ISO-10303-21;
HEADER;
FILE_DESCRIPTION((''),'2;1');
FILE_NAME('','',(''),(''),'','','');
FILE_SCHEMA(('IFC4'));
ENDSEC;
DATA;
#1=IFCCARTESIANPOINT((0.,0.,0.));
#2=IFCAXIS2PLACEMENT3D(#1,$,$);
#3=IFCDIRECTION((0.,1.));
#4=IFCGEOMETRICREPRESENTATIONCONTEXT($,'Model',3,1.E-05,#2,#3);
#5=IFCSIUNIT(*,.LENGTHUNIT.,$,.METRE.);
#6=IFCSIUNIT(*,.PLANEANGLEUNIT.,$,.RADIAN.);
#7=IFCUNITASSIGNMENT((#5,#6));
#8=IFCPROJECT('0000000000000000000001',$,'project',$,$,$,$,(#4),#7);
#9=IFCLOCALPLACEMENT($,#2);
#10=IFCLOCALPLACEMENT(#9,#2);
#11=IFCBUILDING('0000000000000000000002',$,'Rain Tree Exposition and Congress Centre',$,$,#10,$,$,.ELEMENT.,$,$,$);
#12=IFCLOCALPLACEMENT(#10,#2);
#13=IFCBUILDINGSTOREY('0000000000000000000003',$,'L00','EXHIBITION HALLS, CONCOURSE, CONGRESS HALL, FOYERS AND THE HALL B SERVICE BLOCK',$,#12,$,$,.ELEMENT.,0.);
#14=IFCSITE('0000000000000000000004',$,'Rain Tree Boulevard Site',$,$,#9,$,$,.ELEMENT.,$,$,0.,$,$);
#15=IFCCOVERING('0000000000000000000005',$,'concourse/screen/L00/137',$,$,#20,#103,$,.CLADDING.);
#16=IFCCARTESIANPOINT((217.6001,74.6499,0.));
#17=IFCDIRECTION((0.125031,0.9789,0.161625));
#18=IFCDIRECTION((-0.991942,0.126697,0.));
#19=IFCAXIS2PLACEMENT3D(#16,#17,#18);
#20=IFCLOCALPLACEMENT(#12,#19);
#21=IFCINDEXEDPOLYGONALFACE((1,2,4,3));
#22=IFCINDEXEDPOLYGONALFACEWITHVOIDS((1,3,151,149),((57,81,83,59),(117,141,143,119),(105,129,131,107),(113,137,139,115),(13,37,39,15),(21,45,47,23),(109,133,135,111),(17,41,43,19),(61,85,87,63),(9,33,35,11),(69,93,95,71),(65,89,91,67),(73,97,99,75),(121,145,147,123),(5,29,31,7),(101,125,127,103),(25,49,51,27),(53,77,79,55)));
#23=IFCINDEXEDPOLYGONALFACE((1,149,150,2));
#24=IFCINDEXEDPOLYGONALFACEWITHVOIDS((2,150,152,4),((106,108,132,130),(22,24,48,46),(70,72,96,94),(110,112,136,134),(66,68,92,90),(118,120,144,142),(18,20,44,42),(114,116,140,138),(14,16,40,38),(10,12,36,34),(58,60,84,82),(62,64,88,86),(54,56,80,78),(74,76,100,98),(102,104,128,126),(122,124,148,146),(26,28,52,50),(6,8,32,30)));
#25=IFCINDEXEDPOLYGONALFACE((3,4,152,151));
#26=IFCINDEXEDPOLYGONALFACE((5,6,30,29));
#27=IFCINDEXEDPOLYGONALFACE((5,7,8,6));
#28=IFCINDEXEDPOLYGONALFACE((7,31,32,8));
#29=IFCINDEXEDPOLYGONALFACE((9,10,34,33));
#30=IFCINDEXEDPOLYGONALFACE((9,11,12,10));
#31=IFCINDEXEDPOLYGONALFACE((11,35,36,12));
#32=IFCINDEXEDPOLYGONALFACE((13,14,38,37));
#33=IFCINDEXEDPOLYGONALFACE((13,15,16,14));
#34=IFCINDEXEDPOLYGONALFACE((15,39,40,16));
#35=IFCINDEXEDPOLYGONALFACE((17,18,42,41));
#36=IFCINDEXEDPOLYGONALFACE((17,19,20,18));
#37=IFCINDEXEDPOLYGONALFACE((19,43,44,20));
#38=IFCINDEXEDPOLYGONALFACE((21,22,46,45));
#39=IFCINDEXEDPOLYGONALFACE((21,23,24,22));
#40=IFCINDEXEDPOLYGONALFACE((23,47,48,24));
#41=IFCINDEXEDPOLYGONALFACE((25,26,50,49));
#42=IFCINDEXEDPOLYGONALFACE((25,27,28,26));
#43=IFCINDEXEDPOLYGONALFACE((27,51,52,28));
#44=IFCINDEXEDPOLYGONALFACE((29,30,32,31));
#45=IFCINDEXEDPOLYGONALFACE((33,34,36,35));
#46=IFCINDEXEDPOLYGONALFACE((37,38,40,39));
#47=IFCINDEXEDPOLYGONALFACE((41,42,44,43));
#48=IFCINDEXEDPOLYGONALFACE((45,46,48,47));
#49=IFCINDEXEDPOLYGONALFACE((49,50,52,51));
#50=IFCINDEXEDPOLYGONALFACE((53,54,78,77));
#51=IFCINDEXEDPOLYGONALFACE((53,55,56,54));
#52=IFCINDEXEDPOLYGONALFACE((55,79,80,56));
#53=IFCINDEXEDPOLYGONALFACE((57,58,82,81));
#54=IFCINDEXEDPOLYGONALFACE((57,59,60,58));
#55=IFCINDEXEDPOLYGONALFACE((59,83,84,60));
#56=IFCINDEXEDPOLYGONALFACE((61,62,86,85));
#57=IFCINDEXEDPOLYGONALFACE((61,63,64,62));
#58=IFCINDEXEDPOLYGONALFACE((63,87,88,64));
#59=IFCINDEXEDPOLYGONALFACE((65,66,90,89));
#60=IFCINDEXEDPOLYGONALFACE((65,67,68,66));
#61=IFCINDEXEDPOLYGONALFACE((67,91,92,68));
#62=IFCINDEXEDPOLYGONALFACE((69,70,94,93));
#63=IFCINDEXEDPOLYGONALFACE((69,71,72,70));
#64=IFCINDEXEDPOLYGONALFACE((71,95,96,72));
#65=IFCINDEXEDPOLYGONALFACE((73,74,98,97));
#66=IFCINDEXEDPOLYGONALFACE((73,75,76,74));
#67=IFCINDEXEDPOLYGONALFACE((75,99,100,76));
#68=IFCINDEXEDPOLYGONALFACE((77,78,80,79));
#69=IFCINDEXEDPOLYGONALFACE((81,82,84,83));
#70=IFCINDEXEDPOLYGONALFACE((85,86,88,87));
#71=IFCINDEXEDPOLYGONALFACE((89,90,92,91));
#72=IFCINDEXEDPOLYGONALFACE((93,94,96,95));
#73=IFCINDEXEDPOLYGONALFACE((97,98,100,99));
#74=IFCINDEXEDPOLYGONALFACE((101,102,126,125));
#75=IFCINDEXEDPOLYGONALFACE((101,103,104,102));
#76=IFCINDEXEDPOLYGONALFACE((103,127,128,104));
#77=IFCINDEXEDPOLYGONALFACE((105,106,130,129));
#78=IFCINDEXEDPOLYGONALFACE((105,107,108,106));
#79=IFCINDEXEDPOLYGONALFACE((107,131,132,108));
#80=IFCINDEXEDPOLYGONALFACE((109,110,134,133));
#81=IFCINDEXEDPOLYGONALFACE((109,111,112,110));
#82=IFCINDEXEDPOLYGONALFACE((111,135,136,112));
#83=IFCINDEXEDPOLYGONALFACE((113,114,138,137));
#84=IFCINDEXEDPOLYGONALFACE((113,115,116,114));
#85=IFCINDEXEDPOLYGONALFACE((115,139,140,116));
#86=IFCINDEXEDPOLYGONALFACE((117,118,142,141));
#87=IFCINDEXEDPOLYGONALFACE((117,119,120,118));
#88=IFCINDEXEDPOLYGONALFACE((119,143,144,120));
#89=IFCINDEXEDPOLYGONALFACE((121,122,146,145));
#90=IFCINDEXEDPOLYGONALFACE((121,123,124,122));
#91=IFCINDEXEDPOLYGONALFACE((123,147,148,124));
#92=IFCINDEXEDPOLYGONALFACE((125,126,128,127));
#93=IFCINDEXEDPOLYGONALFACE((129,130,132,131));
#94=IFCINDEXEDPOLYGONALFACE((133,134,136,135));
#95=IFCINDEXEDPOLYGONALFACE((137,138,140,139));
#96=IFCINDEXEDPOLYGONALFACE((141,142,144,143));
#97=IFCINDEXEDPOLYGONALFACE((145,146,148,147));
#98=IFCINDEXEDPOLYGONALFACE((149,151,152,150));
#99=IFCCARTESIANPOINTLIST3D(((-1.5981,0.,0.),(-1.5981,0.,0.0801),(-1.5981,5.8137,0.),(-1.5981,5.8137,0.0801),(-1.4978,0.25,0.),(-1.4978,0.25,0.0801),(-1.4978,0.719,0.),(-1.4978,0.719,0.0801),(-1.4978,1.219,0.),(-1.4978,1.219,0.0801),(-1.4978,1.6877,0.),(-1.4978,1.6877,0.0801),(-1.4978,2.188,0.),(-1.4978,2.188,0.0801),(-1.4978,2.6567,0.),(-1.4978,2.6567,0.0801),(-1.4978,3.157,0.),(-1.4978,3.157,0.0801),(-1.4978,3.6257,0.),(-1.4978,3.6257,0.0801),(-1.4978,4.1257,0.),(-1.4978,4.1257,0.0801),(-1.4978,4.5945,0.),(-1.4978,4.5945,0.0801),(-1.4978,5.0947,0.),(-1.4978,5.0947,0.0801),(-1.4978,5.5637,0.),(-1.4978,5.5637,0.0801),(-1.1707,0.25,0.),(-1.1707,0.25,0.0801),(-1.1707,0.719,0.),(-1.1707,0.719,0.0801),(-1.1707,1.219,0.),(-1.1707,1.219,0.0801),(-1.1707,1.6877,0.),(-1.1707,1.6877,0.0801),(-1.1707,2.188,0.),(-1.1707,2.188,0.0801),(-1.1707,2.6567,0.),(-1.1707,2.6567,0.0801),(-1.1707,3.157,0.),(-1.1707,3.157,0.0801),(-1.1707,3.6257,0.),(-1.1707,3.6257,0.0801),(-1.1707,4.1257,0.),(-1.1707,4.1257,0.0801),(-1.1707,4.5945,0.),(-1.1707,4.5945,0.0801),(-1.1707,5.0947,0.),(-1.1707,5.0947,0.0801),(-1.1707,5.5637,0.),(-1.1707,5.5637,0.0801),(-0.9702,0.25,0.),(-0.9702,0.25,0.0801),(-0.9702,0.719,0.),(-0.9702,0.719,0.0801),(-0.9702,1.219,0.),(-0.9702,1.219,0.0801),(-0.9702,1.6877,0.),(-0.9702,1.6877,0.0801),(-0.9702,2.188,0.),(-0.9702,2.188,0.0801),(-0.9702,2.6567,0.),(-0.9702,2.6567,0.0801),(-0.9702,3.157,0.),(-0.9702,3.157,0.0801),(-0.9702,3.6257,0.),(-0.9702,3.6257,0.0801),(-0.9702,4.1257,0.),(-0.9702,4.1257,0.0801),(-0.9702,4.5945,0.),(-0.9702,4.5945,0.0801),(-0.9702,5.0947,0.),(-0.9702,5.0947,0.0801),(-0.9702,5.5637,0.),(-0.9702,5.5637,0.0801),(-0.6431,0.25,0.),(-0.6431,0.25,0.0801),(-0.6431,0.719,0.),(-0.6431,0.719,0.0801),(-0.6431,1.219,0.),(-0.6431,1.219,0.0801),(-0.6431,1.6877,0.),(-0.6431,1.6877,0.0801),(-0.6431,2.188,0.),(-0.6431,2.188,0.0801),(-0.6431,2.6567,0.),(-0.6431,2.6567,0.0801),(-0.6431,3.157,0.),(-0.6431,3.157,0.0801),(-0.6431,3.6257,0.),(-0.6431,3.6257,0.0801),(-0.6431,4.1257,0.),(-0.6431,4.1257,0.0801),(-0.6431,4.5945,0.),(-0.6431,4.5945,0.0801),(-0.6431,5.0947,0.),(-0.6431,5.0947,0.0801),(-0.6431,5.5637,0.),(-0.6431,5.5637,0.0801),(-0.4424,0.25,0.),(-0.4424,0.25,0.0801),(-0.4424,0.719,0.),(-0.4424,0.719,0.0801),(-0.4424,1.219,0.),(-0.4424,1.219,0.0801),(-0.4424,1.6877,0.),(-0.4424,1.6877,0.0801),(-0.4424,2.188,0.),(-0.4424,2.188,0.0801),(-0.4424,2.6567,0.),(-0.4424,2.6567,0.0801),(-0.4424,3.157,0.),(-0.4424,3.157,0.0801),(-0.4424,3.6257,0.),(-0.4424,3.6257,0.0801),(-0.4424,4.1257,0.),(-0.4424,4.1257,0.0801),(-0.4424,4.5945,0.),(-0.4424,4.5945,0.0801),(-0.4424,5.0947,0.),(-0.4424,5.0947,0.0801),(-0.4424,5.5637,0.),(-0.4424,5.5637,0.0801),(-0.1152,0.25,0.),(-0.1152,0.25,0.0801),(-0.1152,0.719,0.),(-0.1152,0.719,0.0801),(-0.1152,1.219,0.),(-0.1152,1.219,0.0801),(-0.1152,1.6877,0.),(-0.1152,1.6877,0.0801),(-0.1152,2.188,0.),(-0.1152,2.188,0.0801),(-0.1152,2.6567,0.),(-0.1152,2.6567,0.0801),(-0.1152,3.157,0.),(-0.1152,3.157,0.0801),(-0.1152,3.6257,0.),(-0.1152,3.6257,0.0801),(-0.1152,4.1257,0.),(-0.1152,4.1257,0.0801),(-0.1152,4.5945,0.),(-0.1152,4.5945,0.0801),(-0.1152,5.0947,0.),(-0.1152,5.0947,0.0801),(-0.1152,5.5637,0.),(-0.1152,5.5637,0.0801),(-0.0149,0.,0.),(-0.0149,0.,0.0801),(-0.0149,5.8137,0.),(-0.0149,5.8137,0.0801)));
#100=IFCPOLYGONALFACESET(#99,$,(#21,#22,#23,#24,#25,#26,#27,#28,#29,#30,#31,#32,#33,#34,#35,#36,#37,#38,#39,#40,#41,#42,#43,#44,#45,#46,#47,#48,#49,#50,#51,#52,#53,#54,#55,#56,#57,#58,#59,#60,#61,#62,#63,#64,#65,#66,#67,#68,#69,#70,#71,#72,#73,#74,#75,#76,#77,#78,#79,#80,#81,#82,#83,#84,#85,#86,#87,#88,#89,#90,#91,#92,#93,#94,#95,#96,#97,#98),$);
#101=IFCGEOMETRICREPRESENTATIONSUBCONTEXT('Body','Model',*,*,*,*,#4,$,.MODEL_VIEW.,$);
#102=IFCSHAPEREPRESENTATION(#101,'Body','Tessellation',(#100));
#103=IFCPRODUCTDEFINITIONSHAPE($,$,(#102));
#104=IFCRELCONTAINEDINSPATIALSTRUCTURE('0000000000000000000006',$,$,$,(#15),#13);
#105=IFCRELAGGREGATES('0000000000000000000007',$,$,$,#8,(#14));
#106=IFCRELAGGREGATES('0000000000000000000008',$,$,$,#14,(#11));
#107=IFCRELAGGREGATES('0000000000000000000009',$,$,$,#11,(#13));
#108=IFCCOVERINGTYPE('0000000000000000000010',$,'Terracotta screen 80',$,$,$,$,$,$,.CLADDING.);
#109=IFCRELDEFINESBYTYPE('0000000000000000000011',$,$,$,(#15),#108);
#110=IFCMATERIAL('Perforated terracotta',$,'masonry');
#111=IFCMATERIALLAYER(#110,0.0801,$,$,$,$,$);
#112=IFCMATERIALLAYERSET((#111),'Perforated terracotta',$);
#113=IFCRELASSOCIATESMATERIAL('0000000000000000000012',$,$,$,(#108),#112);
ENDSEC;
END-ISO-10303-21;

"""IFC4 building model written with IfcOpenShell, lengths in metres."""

from ifc_helpers import new_model, si_unit, direction, frame, origin, place, context, subcontext, project, spatial, polyline, outline, extrude, material, layer, layer_set, type_object, element, save


model = new_model("IFC4")

# Units and contexts
model_context = context("Model", 3, precision=1e-05, world=origin(), true_north=direction((0.0, 1.0)))
body_context = subcontext(model_context, "Body", "Model", "MODEL_VIEW")
ifc_project = project(units=[si_unit("LENGTHUNIT", "METRE"), si_unit("PLANEANGLEUNIT", "RADIAN")], contexts=[model_context])

# Site, building, storey
site_placement = place(None, origin())
site = spatial("IfcSite", under=ifc_project, at=site_placement, Name="Rain Tree Boulevard Site", CompositionType="ELEMENT", RefElevation=0.0)
building_placement = place(site_placement, origin())
building = spatial("IfcBuilding", under=site, at=building_placement, Name="Rain Tree Exposition and Congress Centre", CompositionType="ELEMENT")
storey_placement = place(building_placement, origin())
storey = spatial("IfcBuildingStorey", under=building, at=storey_placement, Name="L00", Description="EXHIBITION HALLS, CONCOURSE, CONGRESS HALL, FOYERS AND THE HALL B SERVICE BLOCK", CompositionType="ELEMENT", Elevation=0.0)

# Covering
ifc_material_1 = material(Name="Perforated terracotta", Category="masonry")
ifc_layer_1 = layer(ifc_material_1, 0.0801)
ifc_layer_set_1 = layer_set([ifc_layer_1], Name="Perforated terracotta")
covering_type = type_object("IfcCoveringType", Name="Terracotta screen 80", PredefinedType="CLADDING", material=ifc_layer_set_1)
covering_1_placement = place(storey_placement, frame((217.6001, 74.6499, 0.0), z_axis=(0.125031, 0.9789, 0.161625), x_axis=(-0.991942, 0.126697, 0.0)))
element("IfcCovering", 1, at=covering_1_placement, inside=storey, type_object=covering_type, Name="concourse/screen/L00/137", PredefinedType="CLADDING", context=body_context, shape_type="SweptSolid", body=[
    extrude(outline(polyline([(-0.0149, 0.0), (-1.5981, 0.0), (-1.5981, 5.8137), (-0.0149, 5.8137), (-0.0149, 0.0)]), holes=[polyline([(-0.1152, 0.25), (-0.1152, 0.719), (-0.4424, 0.719), (-0.4424, 0.25), (-0.1152, 0.25)]), polyline([(-0.1152, 1.219), (-0.1152, 1.6877), (-0.4424, 1.6877), (-0.4424, 1.219), (-0.1152, 1.219)]), polyline([(-0.1152, 2.188), (-0.1152, 2.6567), (-0.4424, 2.6567), (-0.4424, 2.188), (-0.1152, 2.188)]), polyline([(-0.1152, 3.157), (-0.1152, 3.6257), (-0.4424, 3.6257), (-0.4424, 3.157), (-0.1152, 3.157)]), polyline([(-0.1152, 4.1257), (-0.1152, 4.5945), (-0.4424, 4.5945), (-0.4424, 4.1257), (-0.1152, 4.1257)]), polyline([(-0.1152, 5.0947), (-0.1152, 5.5637), (-0.4424, 5.5637), (-0.4424, 5.0947), (-0.1152, 5.0947)]), polyline([(-0.6431, 0.25), (-0.6431, 0.719), (-0.9702, 0.719), (-0.9702, 0.25), (-0.6431, 0.25)]), polyline([(-0.6431, 1.219), (-0.6431, 1.6877), (-0.9702, 1.6877), (-0.9702, 1.219), (-0.6431, 1.219)]), polyline([(-0.6431, 2.188), (-0.6431, 2.6567), (-0.9702, 2.6567), (-0.9702, 2.188), (-0.6431, 2.188)]), polyline([(-0.6431, 3.157), (-0.6431, 3.6257), (-0.9702, 3.6257), (-0.9702, 3.157), (-0.6431, 3.157)]), polyline([(-0.6431, 4.1257), (-0.6431, 4.5945), (-0.9702, 4.5945), (-0.9702, 4.1257), (-0.6431, 4.1257)]), polyline([(-0.6431, 5.0947), (-0.6431, 5.5637), (-0.9702, 5.5637), (-0.9702, 5.0947), (-0.6431, 5.0947)]), polyline([(-1.1707, 0.25), (-1.1707, 0.719), (-1.4978, 0.719), (-1.4978, 0.25), (-1.1707, 0.25)]), polyline([(-1.1707, 1.219), (-1.1707, 1.6877), (-1.4978, 1.6877), (-1.4978, 1.219), (-1.1707, 1.219)]), polyline([(-1.1707, 2.188), (-1.1707, 2.6567), (-1.4978, 2.6567), (-1.4978, 2.188), (-1.1707, 2.188)]), polyline([(-1.1707, 3.157), (-1.1707, 3.6257), (-1.4978, 3.6257), (-1.4978, 3.157), (-1.1707, 3.157)]), polyline([(-1.1707, 4.1257), (-1.1707, 4.5945), (-1.4978, 4.5945), (-1.4978, 4.1257), (-1.1707, 4.1257)]), polyline([(-1.1707, 5.0947), (-1.1707, 5.5637), (-1.4978, 5.5637), (-1.4978, 5.0947), (-1.1707, 5.0947)])]), origin(), (0.0, 0.0, 1.0), 0.0801),
])

save(model, "model.ifc")
